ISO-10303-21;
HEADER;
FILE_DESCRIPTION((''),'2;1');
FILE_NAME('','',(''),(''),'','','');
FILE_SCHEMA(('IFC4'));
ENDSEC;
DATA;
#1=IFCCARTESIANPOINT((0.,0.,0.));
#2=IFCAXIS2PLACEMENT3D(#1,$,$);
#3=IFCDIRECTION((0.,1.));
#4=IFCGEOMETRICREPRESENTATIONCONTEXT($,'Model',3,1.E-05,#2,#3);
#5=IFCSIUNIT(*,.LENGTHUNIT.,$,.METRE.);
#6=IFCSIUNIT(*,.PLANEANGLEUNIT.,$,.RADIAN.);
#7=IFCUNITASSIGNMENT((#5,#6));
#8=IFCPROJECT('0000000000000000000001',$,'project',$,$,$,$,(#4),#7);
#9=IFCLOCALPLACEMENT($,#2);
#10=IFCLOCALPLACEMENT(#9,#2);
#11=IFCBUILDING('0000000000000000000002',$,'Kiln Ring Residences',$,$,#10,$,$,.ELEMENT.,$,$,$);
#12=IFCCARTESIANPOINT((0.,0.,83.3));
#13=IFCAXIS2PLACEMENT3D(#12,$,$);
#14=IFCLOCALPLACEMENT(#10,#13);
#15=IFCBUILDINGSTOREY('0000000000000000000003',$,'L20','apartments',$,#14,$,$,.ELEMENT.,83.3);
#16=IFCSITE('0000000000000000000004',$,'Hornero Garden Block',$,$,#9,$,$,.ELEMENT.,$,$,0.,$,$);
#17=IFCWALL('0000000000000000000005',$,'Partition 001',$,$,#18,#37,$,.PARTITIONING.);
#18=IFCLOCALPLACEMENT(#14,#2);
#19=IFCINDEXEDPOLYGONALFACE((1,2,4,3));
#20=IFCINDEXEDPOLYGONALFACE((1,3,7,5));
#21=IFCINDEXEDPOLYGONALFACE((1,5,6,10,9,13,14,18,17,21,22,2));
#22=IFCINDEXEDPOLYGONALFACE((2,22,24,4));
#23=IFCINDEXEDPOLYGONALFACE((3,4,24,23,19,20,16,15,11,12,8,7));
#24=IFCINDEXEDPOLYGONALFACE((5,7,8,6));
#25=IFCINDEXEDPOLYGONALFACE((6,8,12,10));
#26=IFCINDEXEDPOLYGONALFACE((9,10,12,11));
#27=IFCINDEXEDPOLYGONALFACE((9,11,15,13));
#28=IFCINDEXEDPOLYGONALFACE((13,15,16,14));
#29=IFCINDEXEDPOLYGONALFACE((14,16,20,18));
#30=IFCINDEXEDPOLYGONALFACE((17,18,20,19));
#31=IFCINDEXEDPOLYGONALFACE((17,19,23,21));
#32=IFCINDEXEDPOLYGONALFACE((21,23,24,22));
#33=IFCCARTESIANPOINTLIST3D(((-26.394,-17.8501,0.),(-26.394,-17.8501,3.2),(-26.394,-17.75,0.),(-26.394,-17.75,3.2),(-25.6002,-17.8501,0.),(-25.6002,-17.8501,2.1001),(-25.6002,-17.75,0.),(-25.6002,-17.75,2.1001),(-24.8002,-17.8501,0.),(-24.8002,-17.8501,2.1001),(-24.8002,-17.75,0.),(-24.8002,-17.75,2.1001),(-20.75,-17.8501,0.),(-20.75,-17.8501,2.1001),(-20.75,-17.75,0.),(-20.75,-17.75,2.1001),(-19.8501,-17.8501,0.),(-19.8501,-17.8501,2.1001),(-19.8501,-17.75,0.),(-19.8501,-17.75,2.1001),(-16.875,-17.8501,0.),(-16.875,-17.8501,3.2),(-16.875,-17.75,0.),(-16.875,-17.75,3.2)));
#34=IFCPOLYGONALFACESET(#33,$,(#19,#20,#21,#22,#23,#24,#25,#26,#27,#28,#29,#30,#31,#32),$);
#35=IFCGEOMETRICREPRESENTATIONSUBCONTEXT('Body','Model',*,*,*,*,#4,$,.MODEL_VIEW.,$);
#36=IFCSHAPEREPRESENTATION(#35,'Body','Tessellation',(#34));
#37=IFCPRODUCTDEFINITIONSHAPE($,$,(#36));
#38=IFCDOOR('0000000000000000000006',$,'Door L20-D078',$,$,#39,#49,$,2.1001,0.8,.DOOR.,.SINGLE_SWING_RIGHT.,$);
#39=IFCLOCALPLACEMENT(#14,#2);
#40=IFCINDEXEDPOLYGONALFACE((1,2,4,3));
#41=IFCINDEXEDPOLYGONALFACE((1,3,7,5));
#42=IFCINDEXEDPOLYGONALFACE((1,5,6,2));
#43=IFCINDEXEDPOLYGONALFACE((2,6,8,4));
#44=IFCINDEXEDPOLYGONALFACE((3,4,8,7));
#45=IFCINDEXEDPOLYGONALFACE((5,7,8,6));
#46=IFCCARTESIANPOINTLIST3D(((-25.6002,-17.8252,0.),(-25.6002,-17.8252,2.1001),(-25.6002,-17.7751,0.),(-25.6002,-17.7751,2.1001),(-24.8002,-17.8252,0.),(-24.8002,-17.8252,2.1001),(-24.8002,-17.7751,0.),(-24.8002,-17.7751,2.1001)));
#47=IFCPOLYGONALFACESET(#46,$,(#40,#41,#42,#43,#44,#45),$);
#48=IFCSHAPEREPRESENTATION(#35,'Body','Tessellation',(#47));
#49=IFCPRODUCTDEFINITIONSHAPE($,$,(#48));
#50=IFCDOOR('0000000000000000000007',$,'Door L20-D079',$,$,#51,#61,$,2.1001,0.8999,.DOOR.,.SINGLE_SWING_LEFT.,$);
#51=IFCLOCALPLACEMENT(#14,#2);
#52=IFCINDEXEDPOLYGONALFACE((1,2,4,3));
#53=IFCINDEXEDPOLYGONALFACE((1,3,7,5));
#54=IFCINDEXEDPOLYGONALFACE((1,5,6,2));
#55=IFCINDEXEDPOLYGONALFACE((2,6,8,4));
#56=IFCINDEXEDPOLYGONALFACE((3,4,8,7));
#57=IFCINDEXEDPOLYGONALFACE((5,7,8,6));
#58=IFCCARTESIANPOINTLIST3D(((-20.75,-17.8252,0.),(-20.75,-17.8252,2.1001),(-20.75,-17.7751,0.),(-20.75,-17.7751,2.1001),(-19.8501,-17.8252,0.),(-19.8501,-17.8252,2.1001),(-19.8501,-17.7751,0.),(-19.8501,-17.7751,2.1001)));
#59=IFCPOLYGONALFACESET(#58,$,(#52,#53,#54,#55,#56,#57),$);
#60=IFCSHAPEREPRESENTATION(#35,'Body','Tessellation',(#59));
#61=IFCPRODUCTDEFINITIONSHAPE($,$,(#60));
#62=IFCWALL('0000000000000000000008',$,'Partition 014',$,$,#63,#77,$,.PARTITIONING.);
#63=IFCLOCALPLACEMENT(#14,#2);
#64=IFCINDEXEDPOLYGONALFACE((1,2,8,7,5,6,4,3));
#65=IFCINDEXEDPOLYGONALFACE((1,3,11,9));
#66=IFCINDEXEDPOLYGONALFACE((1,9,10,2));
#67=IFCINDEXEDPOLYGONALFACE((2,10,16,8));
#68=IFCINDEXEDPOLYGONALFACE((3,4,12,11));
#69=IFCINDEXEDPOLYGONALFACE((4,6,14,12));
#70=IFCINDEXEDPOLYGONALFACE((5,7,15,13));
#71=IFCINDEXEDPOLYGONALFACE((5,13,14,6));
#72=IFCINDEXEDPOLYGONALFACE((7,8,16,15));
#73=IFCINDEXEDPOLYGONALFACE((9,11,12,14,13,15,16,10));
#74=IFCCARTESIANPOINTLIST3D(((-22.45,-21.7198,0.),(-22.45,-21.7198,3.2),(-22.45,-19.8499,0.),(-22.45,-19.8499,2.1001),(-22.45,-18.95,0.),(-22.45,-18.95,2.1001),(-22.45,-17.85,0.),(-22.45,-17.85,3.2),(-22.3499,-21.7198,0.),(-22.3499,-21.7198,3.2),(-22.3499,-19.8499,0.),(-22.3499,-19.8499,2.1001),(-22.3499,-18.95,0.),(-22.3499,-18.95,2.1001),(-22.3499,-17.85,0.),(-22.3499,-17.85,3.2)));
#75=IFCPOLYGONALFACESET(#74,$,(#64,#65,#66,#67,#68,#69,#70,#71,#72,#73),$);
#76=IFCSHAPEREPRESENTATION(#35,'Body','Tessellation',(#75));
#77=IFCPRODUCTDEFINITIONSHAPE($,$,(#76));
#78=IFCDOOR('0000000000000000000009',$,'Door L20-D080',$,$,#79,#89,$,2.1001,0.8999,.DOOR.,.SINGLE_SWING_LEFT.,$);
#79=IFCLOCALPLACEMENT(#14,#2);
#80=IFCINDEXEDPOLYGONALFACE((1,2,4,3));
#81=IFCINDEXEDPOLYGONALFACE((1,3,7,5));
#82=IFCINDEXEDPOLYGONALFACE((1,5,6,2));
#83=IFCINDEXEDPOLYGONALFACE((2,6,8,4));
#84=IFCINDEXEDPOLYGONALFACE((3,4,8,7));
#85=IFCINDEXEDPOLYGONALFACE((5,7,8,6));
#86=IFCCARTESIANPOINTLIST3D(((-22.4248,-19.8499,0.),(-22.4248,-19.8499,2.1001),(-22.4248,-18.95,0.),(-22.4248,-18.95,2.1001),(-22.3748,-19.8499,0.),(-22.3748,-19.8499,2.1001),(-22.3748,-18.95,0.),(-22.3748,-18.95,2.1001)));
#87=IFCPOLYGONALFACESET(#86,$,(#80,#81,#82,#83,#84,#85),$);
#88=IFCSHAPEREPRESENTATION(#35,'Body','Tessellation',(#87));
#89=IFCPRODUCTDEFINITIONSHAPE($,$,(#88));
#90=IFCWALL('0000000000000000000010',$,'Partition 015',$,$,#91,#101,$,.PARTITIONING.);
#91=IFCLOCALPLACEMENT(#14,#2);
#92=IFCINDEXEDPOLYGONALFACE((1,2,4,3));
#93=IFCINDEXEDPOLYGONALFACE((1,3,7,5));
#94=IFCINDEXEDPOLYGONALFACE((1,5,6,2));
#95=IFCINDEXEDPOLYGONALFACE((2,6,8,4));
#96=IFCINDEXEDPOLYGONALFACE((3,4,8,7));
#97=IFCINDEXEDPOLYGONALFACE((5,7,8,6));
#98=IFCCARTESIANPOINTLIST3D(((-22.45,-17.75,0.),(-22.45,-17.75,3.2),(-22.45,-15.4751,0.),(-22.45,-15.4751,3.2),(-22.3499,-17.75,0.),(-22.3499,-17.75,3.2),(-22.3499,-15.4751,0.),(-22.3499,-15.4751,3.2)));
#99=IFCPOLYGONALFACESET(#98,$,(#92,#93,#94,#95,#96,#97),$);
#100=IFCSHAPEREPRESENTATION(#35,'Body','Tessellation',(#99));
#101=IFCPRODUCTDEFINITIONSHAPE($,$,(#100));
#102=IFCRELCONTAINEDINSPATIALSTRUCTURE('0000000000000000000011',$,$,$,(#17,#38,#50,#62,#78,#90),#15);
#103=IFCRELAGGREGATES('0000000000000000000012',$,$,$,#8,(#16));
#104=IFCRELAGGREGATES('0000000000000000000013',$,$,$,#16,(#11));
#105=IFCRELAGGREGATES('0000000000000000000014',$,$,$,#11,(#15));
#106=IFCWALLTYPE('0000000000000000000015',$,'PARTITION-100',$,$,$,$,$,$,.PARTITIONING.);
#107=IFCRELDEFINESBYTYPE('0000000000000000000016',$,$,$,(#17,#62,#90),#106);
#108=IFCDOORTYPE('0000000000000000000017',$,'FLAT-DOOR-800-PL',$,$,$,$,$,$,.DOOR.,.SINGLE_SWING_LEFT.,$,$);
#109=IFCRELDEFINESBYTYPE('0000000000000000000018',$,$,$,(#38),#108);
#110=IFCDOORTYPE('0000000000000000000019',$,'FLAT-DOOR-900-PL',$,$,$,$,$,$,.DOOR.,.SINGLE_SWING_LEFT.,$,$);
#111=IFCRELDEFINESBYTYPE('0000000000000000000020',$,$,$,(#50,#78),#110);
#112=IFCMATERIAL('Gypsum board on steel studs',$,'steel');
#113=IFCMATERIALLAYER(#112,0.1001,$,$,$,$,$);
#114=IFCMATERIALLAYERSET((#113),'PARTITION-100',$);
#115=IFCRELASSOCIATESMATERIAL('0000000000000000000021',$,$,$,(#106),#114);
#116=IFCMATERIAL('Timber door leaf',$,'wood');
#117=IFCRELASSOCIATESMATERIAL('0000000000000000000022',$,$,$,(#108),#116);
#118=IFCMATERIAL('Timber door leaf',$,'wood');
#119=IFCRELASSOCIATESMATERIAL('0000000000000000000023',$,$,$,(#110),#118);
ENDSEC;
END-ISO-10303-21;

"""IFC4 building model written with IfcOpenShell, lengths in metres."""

from ifc_helpers import new_model, si_unit, direction, frame, frame_2d, origin, place, context, subcontext, project, spatial, rectangle, extrude, material, layer, layer_set, type_object, element, fill, save


model = new_model("IFC4")

# Units and contexts
model_context = context("Model", 3, precision=1e-05, world=origin(), true_north=direction((0.0, 1.0)))
body_context = subcontext(model_context, "Body", "Model", "MODEL_VIEW")
ifc_project = project(units=[si_unit("LENGTHUNIT", "METRE"), si_unit("PLANEANGLEUNIT", "RADIAN")], contexts=[model_context])

# Site, building, storey
site_placement = place(None, origin())
site = spatial("IfcSite", under=ifc_project, at=site_placement, Name="Hornero Garden Block", CompositionType="ELEMENT", RefElevation=0.0)
building_placement = place(site_placement, origin())
building = spatial("IfcBuilding", under=site, at=building_placement, Name="Kiln Ring Residences", CompositionType="ELEMENT")
storey_placement = place(building_placement, frame((0.0, 0.0, 83.3)))
storey = spatial("IfcBuildingStorey", under=building, at=storey_placement, Name="L20", Description="apartments", CompositionType="ELEMENT", Elevation=83.3)

# Wall, openings, doors
ifc_material_1 = material(Name="Gypsum board on steel studs", Category="steel")
ifc_layer_1 = layer(ifc_material_1, 0.1001)
ifc_layer_set_1 = layer_set([ifc_layer_1], Name="PARTITION-100")
wall_type_1 = type_object("IfcWallType", Name="PARTITION-100", PredefinedType="PARTITIONING", material=ifc_layer_set_1)
wall_1_placement = place(storey_placement, frame((-26.394, -17.8, 0.0), z_axis=(0.0, 0.0, 1.0), x_axis=(1.0, 0.0, 0.0)))
wall_1 = element("IfcWall", 1, at=wall_1_placement, inside=storey, type_object=wall_type_1, Name="Partition 001", PredefinedType="PARTITIONING", context=body_context, shape_type="SweptSolid", body=[
    extrude(rectangle(XDim=9.519, YDim=0.1001, at=frame_2d((4.7595, 0.0))), origin(), (0.0, 0.0, 1.0), 3.2),
])
opening_1_placement = place(wall_1_placement, frame((0.7939, 0.0, 0.0)))
opening_1 = element("IfcOpeningElement", 2, at=opening_1_placement, cuts=wall_1, PredefinedType="OPENING", context=body_context, shape_type="SweptSolid", body=[
    extrude(rectangle(XDim=0.8, YDim=2.1001, at=frame_2d((0.3999, 1.05))), frame((0.0, 0.0601, 0.0), z_axis=(0.0, -1.0, 0.0), x_axis=(1.0, 0.0, 0.0)), (0.0, 0.0, 1.0), 0.1201),
])
opening_2_placement = place(wall_1_placement, frame((5.644, 0.0, 0.0)))
opening_2 = element("IfcOpeningElement", 3, at=opening_2_placement, cuts=wall_1, PredefinedType="OPENING", context=body_context, shape_type="SweptSolid", body=[
    extrude(rectangle(XDim=0.8999, YDim=2.1001, at=frame_2d((0.45, 1.05))), frame((0.0, 0.0601, 0.0), z_axis=(0.0, -1.0, 0.0), x_axis=(1.0, 0.0, 0.0)), (0.0, 0.0, 1.0), 0.1201),
])
ifc_material_2 = material(Name="Timber door leaf", Category="wood")
door_type_1 = type_object("IfcDoorType", Name="FLAT-DOOR-800-PL", OperationType="SINGLE_SWING_LEFT", PredefinedType="DOOR", material=ifc_material_2)
door_1_placement = place(opening_1_placement, origin())
door_1 = element("IfcDoor", 4, at=door_1_placement, inside=storey, type_object=door_type_1, Name="Door L20-D078", OperationType="SINGLE_SWING_RIGHT", OverallHeight=2.1001, OverallWidth=0.8, PredefinedType="DOOR", context=body_context, shape_type="SweptSolid", body=[
    extrude(rectangle(XDim=0.8, YDim=2.1001, at=frame_2d((0.3999, 1.05))), frame((0.0, 0.0249, 0.0), z_axis=(0.0, -1.0, 0.0), x_axis=(1.0, 0.0, 0.0)), (0.0, 0.0, 1.0), 0.05),
])
fill(opening_1, door_1)
ifc_material_3 = material(Name="Timber door leaf", Category="wood")
door_type_2 = type_object("IfcDoorType", Name="FLAT-DOOR-900-PL", OperationType="SINGLE_SWING_LEFT", PredefinedType="DOOR", material=ifc_material_3)
door_2_placement = place(opening_2_placement, origin())
door_2 = element("IfcDoor", 5, at=door_2_placement, inside=storey, type_object=door_type_2, Name="Door L20-D079", OperationType="SINGLE_SWING_LEFT", OverallHeight=2.1001, OverallWidth=0.8999, PredefinedType="DOOR", context=body_context, shape_type="SweptSolid", body=[
    extrude(rectangle(XDim=0.8999, YDim=2.1001, at=frame_2d((0.45, 1.05))), frame((0.0, 0.0249, 0.0), z_axis=(0.0, -1.0, 0.0), x_axis=(1.0, 0.0, 0.0)), (0.0, 0.0, 1.0), 0.05),
])
fill(opening_2, door_2)

# Wall, opening, door
wall_2_placement = place(storey_placement, frame((-22.3999, -21.72, 0.0), z_axis=(0.0, 0.0, 1.0), x_axis=(0.0, 1.0, 0.0)))
wall_2 = element("IfcWall", 6, at=wall_2_placement, inside=storey, type_object=wall_type_1, Name="Partition 014", PredefinedType="PARTITIONING", context=body_context, shape_type="SweptSolid", body=[
    extrude(rectangle(XDim=3.8699, YDim=0.1001, at=frame_2d((1.9351, 0.0))), origin(), (0.0, 0.0, 1.0), 3.2),
])
opening_3_placement = place(wall_2_placement, frame((1.8701, 0.0, 0.0)))
opening_3 = element("IfcOpeningElement", 7, at=opening_3_placement, cuts=wall_2, PredefinedType="OPENING", context=body_context, shape_type="SweptSolid", body=[
    extrude(rectangle(XDim=0.8999, YDim=2.1001, at=frame_2d((0.45, 1.05))), frame((0.0, 0.0601, 0.0), z_axis=(0.0, -1.0, 0.0), x_axis=(1.0, 0.0, 0.0)), (0.0, 0.0, 1.0), 0.1201),
])
door_3_placement = place(opening_3_placement, origin())
door_3 = element("IfcDoor", 8, at=door_3_placement, inside=storey, type_object=door_type_2, Name="Door L20-D080", OperationType="SINGLE_SWING_LEFT", OverallHeight=2.1001, OverallWidth=0.8999, PredefinedType="DOOR", context=body_context, shape_type="SweptSolid", body=[
    extrude(rectangle(XDim=0.8999, YDim=2.1001, at=frame_2d((0.45, 1.05))), frame((0.0, 0.0249, 0.0), z_axis=(0.0, -1.0, 0.0), x_axis=(1.0, 0.0, 0.0)), (0.0, 0.0, 1.0), 0.05),
])
fill(opening_3, door_3)

# Wall
wall_3_placement = place(storey_placement, frame((-22.3999, -17.75, 0.0), z_axis=(0.0, 0.0, 1.0), x_axis=(0.0, 1.0, 0.0)))
element("IfcWall", 9, at=wall_3_placement, inside=storey, type_object=wall_type_1, Name="Partition 015", PredefinedType="PARTITIONING", context=body_context, shape_type="SweptSolid", body=[
    extrude(rectangle(XDim=2.2749, YDim=0.1001, at=frame_2d((1.1375, 0.0))), origin(), (0.0, 0.0, 1.0), 3.2),
])

save(model, "model.ifc")
